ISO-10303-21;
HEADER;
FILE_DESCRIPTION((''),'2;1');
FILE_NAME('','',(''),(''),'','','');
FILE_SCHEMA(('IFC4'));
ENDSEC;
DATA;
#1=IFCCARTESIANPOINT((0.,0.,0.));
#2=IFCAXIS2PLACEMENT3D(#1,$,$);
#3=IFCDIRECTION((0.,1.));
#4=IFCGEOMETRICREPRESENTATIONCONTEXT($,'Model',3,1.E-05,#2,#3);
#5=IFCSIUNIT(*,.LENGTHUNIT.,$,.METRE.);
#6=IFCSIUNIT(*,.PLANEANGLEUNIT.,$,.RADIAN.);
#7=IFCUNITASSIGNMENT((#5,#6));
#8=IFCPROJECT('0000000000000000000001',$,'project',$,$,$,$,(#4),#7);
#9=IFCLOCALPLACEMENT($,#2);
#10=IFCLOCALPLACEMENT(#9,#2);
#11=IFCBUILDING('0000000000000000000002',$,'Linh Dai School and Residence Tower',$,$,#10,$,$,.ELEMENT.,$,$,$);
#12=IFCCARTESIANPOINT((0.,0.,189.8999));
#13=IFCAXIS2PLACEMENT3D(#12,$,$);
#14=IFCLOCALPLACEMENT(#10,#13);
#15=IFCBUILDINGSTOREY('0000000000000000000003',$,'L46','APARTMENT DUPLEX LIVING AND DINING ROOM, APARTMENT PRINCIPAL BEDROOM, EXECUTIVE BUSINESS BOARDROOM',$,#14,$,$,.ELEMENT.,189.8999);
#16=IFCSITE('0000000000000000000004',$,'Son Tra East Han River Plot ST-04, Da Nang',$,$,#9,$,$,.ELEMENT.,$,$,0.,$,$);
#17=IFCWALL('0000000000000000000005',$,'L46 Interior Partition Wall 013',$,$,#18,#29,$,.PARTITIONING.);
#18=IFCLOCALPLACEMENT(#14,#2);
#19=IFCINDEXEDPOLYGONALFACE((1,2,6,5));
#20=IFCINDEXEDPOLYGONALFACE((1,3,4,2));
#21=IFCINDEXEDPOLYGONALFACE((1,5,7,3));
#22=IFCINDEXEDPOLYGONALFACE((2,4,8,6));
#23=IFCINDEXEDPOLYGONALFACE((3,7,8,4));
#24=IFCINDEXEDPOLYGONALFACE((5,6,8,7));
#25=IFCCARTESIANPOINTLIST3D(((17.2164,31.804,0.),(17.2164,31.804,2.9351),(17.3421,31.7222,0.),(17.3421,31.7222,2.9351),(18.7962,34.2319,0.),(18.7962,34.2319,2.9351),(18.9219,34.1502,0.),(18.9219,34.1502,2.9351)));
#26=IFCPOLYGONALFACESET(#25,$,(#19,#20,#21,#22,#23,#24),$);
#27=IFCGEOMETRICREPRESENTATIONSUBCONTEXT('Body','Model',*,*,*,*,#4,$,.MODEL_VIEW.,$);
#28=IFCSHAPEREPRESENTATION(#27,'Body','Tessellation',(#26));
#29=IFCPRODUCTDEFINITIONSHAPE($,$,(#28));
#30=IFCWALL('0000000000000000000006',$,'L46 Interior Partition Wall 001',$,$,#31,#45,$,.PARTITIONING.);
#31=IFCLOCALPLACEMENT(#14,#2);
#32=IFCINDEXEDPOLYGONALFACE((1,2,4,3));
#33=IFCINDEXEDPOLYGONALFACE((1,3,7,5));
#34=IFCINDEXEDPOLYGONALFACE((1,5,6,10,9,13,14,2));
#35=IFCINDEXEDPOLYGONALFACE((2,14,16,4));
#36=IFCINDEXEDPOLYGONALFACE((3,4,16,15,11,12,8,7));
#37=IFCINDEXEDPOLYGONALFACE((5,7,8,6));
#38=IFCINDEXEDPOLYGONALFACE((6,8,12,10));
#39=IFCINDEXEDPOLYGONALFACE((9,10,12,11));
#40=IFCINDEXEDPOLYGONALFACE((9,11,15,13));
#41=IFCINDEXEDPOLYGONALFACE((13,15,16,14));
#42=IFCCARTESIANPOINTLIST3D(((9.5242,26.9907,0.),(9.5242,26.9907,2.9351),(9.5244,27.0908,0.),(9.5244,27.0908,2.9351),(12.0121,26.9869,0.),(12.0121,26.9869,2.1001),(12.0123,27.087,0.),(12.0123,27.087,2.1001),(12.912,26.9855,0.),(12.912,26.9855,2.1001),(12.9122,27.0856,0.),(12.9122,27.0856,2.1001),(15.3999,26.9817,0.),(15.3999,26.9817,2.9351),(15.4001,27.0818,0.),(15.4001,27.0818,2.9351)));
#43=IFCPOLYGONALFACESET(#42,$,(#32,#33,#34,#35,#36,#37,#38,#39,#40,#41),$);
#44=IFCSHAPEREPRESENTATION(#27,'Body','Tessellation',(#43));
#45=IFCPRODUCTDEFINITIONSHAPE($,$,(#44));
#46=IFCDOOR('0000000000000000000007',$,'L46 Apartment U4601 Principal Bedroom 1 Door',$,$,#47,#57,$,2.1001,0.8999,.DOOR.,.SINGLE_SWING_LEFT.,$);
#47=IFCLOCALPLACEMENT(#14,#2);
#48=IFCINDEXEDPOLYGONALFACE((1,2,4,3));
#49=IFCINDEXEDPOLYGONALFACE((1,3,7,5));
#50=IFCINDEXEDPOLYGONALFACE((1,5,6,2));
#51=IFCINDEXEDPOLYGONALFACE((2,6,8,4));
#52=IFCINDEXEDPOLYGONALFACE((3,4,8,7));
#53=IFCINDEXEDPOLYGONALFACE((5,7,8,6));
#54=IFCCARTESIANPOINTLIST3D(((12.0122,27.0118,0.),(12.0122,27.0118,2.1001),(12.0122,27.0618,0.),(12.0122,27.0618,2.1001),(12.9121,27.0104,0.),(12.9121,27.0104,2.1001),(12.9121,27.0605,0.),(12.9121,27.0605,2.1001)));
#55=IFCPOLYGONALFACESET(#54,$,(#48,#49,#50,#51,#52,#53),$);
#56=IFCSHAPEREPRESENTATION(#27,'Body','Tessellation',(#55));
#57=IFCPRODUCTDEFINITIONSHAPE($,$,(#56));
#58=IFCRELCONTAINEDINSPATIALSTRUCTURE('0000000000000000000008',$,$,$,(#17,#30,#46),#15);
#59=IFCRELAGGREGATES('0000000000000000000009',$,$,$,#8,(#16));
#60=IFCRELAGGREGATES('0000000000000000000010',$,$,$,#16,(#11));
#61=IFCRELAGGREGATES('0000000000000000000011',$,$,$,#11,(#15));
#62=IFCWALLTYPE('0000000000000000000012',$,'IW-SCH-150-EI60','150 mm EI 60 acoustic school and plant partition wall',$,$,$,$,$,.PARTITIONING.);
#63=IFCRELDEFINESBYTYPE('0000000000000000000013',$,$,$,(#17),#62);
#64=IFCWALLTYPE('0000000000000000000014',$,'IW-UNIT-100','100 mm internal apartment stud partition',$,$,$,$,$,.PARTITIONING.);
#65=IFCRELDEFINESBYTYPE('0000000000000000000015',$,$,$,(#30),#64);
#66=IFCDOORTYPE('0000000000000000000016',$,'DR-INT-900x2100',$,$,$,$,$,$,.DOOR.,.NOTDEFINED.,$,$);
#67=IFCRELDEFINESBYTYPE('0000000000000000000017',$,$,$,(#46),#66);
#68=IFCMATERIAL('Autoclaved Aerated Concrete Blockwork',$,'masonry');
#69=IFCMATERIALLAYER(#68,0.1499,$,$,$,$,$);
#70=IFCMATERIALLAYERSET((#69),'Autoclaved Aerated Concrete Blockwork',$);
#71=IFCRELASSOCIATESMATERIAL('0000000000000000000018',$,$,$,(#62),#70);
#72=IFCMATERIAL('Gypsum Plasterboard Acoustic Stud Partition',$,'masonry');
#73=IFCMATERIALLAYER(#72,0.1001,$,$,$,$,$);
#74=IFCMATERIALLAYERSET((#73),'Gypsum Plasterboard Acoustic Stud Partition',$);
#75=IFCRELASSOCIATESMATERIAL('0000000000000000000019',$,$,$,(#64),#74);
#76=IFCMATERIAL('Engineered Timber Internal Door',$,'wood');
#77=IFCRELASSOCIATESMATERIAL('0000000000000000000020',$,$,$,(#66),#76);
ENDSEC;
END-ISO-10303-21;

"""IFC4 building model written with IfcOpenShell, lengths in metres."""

from ifc_helpers import new_model, si_unit, direction, frame, frame_2d, origin, origin_2d, place, context, subcontext, project, spatial, rectangle, extrude, source, transform, mapped, material, layer, layer_set, type_object, element, fill, save


model = new_model("IFC4")

# Units and contexts
model_context = context("Model", 3, precision=1e-05, world=origin(), true_north=direction((0.0, 1.0)))
body_context = subcontext(model_context, "Body", "Model", "MODEL_VIEW")
ifc_project = project(units=[si_unit("LENGTHUNIT", "METRE"), si_unit("PLANEANGLEUNIT", "RADIAN")], contexts=[model_context])

# Site, building, storey
site_placement = place(None, origin())
site = spatial("IfcSite", under=ifc_project, at=site_placement, Name="Son Tra East Han River Plot ST-04, Da Nang", CompositionType="ELEMENT", RefElevation=0.0)
building_placement = place(site_placement, origin())
building = spatial("IfcBuilding", under=site, at=building_placement, Name="Linh Dai School and Residence Tower", CompositionType="ELEMENT")
storey_placement = place(building_placement, frame((0.0, 0.0, 189.8999)))
storey = spatial("IfcBuildingStorey", under=building, at=storey_placement, Name="L46", Description="APARTMENT DUPLEX LIVING AND DINING ROOM, APARTMENT PRINCIPAL BEDROOM, EXECUTIVE BUSINESS BOARDROOM", CompositionType="ELEMENT", Elevation=189.8999)

# Shared definitions
ifc_material_1 = material(Name="Autoclaved Aerated Concrete Blockwork", Category="masonry")

# Wall
ifc_layer_1 = layer(ifc_material_1, 0.1499)
ifc_layer_set_1 = layer_set([ifc_layer_1], Name="Autoclaved Aerated Concrete Blockwork")
wall_type_1 = type_object("IfcWallType", Name="IW-SCH-150-EI60", Description="150 mm EI 60 acoustic school and plant partition wall", PredefinedType="PARTITIONING", material=ifc_layer_set_1)
wall_1_placement = place(storey_placement, frame((17.2793, 31.7632, 0.0), z_axis=(0.0, 0.0, 1.0), x_axis=(0.545388, 0.838184, 0.0)))
element("IfcWall", 1, at=wall_1_placement, inside=storey, type_object=wall_type_1, Name="L46 Interior Partition Wall 013", PredefinedType="PARTITIONING", context=body_context, shape_type="SweptSolid", body=[
    extrude(rectangle(XDim=2.8967, YDim=0.1499, at=frame_2d((1.4482, 0.0))), origin(), (0.0, 0.0, 1.0), 2.9351),
])

# Wall, opening, door
ifc_material_2 = material(Name="Gypsum Plasterboard Acoustic Stud Partition", Category="masonry")
ifc_layer_2 = layer(ifc_material_2, 0.1001)
ifc_layer_set_2 = layer_set([ifc_layer_2], Name="Gypsum Plasterboard Acoustic Stud Partition")
wall_type_2 = type_object("IfcWallType", Name="IW-UNIT-100", Description="100 mm internal apartment stud partition", PredefinedType="PARTITIONING", material=ifc_layer_set_2)
wall_2_placement = place(storey_placement, frame((9.5242, 27.0408, 0.0), z_axis=(0.0, 0.0, 1.0), x_axis=(0.999999, -0.001537, 0.0)))
wall_2 = element("IfcWall", 2, at=wall_2_placement, inside=storey, type_object=wall_type_2, Name="L46 Interior Partition Wall 001", PredefinedType="PARTITIONING", context=body_context, shape_type="SweptSolid", body=[
    extrude(rectangle(XDim=5.8757, YDim=0.1001, at=frame_2d((2.938, 0.0))), origin(), (0.0, 0.0, 1.0), 2.9351),
])
opening_1_placement = place(wall_2_placement, frame((2.488, 0.0, 0.0)))
opening_1 = element("IfcOpeningElement", 3, at=opening_1_placement, cuts=wall_2, PredefinedType="OPENING", context=body_context, shape_type="SweptSolid", body=[
    extrude(rectangle(XDim=0.8999, YDim=2.1001, at=origin_2d()), frame((0.45, 0.0601, 1.05), z_axis=(0.0, -1.0, 0.0), x_axis=(1.0, 0.0, 0.0)), (0.0, 0.0, 1.0), 0.1201),
])
ifc_material_3 = material(Name="Engineered Timber Internal Door", Category="wood")
door_type_1 = type_object("IfcDoorType", Name="DR-INT-900x2100", OperationType="NOTDEFINED", PredefinedType="DOOR", material=ifc_material_3)
shared_shape_1 = source(origin(), body_context, "Body", "SweptSolid", [
    extrude(rectangle(XDim=0.8999, YDim=2.1001, at=origin_2d()), frame((0.45, 0.0249, 1.05), z_axis=(0.0, -1.0, 0.0), x_axis=(1.0, 0.0, 0.0)), (0.0, 0.0, 1.0), 0.05),
])
door_1_placement = place(opening_1_placement, origin())
door_1 = element("IfcDoor", 4, at=door_1_placement, inside=storey, type_object=door_type_1, Name="L46 Apartment U4601 Principal Bedroom 1 Door", OperationType="SINGLE_SWING_LEFT", OverallHeight=2.1001, OverallWidth=0.8999, PredefinedType="DOOR", context=body_context, shape_type="MappedRepresentation", body=[
    mapped(shared_shape_1, transform((0.0, 0.0, 0.0), x_axis=(1.0, 0.0, 0.0), y_axis=(0.0, 1.0, 0.0), z_axis=(0.0, 0.0, 1.0), scale=1.0)),
])
fill(opening_1, door_1)

save(model, "model.ifc")
